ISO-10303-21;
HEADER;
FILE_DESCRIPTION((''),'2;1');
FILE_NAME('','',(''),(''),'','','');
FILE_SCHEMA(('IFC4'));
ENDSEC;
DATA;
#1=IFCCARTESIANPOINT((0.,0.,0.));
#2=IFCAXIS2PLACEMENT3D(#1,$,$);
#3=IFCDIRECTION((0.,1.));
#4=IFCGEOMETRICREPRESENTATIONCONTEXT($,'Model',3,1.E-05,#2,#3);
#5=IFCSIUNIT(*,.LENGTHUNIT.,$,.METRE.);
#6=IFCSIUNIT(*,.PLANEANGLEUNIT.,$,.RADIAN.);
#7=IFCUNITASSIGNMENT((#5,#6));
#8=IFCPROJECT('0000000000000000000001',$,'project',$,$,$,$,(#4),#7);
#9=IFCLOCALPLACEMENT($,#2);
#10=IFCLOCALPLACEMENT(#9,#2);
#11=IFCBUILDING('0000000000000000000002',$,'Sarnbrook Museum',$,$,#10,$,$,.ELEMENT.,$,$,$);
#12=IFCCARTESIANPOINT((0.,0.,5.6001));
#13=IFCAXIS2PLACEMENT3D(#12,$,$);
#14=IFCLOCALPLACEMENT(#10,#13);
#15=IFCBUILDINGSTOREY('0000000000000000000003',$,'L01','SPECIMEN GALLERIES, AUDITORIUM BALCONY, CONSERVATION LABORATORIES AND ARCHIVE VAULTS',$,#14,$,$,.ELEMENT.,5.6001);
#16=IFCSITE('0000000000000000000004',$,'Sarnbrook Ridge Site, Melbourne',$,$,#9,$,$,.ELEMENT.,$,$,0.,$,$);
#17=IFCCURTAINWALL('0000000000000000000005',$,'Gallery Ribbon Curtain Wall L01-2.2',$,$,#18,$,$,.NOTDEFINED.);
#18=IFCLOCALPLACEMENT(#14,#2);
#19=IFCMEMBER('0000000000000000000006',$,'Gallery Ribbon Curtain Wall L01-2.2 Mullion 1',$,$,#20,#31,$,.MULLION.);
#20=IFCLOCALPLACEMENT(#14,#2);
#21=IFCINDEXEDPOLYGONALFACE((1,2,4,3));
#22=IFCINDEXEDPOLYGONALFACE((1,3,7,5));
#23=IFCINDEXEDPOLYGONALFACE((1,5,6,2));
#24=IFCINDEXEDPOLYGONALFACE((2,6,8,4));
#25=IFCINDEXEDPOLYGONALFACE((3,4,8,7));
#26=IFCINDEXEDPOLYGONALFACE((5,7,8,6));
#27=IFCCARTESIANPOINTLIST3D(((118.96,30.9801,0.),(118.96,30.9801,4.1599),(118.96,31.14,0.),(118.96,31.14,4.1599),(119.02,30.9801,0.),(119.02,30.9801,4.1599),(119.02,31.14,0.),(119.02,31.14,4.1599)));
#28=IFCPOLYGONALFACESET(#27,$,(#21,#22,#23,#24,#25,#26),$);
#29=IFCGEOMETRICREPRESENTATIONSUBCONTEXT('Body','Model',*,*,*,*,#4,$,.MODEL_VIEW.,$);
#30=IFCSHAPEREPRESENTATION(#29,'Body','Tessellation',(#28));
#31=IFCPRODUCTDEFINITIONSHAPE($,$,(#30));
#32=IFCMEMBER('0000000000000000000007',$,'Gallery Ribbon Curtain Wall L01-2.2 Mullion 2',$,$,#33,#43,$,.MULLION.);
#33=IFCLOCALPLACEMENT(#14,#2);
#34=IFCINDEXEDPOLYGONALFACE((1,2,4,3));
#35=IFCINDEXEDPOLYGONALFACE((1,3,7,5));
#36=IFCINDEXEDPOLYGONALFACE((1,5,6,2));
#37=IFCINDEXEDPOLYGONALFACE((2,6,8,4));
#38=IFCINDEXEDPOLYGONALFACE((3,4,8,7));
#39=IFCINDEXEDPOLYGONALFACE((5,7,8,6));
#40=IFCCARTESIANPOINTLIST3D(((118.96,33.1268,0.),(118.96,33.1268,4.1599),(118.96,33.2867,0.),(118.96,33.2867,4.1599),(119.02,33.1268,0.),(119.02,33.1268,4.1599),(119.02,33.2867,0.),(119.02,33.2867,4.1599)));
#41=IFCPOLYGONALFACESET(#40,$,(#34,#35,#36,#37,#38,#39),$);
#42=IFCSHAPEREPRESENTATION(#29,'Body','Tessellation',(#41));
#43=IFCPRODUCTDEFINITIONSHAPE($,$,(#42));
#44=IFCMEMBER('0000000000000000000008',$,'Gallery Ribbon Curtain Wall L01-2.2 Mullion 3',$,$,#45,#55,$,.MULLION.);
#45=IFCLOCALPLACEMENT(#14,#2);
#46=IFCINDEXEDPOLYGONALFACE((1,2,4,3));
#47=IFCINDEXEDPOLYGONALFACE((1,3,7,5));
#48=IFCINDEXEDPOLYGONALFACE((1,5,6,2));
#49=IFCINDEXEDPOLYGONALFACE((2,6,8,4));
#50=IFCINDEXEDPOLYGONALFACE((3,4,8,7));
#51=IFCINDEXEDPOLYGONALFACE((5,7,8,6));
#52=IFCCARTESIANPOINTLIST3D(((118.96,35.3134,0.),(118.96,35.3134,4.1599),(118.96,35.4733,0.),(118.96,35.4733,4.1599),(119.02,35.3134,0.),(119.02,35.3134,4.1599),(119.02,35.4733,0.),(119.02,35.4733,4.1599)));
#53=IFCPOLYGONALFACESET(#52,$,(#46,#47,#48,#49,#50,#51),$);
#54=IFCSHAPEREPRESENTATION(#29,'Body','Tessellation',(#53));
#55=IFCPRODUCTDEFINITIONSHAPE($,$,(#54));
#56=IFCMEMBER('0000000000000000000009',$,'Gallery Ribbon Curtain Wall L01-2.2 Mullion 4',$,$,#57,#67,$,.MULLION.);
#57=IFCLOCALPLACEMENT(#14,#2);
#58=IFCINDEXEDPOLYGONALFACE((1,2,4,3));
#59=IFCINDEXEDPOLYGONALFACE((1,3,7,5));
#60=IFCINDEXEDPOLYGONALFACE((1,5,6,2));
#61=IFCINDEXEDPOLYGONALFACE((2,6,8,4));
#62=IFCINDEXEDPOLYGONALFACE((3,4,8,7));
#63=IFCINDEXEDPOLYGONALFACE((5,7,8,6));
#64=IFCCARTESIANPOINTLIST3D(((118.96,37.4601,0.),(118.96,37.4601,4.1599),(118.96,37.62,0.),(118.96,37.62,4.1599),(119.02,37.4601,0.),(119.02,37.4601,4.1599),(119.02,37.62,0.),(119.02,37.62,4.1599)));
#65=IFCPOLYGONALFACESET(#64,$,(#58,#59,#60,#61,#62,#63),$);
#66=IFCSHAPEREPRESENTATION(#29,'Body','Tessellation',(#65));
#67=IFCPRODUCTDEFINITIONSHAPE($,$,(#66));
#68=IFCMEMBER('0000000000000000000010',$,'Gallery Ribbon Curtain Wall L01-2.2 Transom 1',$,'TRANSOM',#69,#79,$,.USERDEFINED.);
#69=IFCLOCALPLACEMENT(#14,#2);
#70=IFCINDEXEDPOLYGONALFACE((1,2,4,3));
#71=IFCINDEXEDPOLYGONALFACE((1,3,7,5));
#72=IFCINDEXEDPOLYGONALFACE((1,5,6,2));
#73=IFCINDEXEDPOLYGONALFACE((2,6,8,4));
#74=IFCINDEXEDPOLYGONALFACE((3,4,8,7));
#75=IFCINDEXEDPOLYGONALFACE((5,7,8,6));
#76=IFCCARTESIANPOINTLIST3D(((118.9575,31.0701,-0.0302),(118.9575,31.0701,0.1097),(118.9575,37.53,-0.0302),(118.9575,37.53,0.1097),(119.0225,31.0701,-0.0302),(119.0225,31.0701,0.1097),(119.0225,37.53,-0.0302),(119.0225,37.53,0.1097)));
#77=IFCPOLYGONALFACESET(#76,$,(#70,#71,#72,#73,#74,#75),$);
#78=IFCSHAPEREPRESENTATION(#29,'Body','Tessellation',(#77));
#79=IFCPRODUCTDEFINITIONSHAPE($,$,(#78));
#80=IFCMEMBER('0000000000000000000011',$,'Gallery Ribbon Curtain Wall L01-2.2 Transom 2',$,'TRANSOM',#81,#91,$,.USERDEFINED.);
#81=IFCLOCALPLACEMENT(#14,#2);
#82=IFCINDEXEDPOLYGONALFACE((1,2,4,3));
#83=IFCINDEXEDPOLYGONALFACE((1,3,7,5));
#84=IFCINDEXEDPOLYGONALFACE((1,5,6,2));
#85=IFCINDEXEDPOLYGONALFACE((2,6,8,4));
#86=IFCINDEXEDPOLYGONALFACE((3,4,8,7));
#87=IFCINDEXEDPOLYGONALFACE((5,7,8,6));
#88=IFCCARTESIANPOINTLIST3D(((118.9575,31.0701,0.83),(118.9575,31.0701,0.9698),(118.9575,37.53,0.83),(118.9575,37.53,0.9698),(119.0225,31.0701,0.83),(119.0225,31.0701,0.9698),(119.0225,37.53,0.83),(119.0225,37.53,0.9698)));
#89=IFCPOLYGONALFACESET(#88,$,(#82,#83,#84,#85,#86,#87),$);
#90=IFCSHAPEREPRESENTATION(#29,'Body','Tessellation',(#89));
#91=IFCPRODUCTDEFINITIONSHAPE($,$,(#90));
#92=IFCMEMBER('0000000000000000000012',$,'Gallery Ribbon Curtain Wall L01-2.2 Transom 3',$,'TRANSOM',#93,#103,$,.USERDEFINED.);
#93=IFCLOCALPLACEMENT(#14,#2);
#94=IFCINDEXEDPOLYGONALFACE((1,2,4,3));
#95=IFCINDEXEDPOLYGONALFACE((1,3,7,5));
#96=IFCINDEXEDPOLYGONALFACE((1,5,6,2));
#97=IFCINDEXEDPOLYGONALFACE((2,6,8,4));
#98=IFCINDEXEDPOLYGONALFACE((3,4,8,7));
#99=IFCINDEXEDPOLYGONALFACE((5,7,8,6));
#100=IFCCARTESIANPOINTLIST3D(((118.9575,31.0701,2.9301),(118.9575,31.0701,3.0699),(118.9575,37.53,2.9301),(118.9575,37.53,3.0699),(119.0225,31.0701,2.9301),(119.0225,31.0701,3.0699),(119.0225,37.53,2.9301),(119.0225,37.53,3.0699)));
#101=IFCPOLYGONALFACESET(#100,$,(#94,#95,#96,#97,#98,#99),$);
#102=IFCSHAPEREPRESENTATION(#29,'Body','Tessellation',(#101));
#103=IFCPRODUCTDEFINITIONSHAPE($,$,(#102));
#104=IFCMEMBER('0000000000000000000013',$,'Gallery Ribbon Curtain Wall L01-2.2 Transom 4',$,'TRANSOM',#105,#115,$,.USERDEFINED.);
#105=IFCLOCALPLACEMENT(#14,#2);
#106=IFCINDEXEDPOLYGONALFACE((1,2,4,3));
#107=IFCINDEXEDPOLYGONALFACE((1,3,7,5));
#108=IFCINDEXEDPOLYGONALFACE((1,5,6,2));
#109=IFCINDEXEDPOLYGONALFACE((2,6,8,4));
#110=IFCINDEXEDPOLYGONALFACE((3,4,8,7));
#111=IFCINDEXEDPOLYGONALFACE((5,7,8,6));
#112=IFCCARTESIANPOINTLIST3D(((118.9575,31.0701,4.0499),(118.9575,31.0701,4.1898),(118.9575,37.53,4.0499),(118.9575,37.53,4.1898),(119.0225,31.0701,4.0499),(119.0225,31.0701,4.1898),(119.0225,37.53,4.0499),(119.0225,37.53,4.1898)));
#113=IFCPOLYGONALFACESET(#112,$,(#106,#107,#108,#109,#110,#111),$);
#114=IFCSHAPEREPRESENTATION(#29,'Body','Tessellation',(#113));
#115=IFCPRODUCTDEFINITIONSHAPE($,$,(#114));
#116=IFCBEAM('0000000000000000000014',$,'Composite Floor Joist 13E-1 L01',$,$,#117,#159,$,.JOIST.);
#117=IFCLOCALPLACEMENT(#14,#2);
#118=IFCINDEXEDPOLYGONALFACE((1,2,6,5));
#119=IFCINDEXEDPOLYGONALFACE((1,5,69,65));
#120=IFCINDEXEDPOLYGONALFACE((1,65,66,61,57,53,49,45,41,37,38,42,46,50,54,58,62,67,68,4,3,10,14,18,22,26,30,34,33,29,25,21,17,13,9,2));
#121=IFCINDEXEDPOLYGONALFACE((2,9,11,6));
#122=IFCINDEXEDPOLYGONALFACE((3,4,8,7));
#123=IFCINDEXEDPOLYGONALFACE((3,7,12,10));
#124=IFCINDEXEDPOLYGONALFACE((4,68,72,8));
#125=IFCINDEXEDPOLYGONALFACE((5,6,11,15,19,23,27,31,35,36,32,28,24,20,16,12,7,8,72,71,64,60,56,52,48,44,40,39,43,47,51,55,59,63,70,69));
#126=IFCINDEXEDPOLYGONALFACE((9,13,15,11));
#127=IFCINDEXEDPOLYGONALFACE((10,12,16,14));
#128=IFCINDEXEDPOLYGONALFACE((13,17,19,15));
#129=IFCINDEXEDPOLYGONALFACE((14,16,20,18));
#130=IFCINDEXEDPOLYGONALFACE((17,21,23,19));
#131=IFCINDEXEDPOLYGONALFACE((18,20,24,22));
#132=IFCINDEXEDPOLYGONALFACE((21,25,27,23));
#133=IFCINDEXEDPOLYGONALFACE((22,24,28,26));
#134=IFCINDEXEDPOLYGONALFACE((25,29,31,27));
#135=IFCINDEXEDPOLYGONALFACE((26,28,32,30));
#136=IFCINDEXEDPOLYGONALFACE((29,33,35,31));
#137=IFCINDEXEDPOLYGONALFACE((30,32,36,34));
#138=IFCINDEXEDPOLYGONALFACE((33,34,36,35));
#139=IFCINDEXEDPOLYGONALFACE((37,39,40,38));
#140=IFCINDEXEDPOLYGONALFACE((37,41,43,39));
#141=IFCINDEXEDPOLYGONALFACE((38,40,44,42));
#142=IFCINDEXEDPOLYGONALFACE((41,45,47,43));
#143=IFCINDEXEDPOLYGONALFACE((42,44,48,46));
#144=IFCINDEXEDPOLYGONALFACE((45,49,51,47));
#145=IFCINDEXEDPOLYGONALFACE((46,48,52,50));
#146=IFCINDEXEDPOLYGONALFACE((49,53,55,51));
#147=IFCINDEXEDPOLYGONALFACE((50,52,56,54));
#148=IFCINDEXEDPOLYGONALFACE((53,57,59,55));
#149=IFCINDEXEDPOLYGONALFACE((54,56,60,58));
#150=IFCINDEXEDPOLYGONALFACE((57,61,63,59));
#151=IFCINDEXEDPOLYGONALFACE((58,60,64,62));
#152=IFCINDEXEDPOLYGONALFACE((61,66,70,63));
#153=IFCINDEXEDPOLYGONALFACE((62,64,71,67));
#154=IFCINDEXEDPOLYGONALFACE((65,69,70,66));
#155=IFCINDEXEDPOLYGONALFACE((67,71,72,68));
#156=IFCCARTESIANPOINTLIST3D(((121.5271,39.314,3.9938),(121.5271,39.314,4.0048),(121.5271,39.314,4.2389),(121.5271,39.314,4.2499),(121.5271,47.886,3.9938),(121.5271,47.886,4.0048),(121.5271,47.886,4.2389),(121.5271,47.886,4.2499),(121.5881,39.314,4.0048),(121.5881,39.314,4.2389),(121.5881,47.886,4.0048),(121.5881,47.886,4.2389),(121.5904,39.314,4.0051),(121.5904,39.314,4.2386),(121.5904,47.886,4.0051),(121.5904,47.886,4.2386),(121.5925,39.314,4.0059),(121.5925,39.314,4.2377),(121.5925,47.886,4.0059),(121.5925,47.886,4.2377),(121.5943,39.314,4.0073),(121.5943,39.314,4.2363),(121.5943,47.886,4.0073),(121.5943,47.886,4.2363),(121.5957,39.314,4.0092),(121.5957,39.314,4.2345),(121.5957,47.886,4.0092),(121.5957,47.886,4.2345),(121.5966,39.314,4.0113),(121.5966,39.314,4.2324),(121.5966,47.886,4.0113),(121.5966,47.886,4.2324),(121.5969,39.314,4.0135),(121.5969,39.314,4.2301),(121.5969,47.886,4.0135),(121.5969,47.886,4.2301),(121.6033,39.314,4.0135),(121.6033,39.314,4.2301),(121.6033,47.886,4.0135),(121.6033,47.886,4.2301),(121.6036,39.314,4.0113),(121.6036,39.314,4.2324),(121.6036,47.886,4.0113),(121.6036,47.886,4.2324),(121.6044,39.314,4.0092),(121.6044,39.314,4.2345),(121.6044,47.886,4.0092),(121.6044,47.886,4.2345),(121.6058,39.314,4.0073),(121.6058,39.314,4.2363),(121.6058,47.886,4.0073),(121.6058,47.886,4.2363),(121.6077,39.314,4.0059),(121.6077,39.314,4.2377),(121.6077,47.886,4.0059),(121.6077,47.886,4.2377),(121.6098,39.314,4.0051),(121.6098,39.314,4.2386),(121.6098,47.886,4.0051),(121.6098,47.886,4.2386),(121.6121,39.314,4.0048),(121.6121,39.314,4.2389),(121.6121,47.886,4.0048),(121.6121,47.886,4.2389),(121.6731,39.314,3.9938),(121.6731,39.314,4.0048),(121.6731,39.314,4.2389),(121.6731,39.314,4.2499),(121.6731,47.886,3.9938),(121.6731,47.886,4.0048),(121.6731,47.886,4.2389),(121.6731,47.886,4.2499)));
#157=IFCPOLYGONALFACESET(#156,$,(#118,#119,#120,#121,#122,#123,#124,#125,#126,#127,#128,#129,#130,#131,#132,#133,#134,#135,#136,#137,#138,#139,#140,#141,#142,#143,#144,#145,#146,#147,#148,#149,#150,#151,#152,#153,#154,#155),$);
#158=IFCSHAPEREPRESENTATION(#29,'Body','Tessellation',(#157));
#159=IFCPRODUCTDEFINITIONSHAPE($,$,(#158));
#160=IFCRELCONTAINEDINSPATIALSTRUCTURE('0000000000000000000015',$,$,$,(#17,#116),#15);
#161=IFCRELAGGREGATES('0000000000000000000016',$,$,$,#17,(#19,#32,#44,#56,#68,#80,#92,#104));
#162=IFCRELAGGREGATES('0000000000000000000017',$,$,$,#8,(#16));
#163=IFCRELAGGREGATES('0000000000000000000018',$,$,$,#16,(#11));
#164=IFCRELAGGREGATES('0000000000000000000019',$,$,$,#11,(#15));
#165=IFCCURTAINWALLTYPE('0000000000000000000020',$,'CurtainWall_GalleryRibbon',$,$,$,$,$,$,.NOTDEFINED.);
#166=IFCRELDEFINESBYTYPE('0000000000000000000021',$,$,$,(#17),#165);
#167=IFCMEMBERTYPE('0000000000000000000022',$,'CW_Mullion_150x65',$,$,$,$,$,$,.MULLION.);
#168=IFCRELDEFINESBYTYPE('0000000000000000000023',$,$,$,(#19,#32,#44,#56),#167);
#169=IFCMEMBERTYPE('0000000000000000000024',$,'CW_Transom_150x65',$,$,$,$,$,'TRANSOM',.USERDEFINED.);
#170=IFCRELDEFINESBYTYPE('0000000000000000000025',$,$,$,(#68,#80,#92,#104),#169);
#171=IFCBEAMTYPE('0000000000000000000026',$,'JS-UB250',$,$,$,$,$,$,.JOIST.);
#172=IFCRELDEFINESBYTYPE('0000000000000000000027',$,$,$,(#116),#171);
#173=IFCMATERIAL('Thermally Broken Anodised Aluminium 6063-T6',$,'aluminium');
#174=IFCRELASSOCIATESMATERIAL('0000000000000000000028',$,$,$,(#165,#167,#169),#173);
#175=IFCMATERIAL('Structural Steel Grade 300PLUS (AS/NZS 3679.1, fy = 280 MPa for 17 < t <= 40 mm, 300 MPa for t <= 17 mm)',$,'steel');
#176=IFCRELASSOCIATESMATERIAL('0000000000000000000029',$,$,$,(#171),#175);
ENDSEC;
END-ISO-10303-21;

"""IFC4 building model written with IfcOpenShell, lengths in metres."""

from ifc_helpers import new_model, si_unit, direction, frame, origin, origin_2d, place, context, subcontext, project, spatial, rectangle, i_section, extrude, material, material_profile, profile_set, type_object, element, aggregate, save


model = new_model("IFC4")

# Units and contexts
model_context = context("Model", 3, precision=1e-05, world=origin(), true_north=direction((0.0, 1.0)))
body_context = subcontext(model_context, "Body", "Model", "MODEL_VIEW")
ifc_project = project(units=[si_unit("LENGTHUNIT", "METRE"), si_unit("PLANEANGLEUNIT", "RADIAN")], contexts=[model_context])

# Site, building, storey
site_placement = place(None, origin())
site = spatial("IfcSite", under=ifc_project, at=site_placement, Name="Sarnbrook Ridge Site, Melbourne", CompositionType="ELEMENT", RefElevation=0.0)
building_placement = place(site_placement, origin())
building = spatial("IfcBuilding", under=site, at=building_placement, Name="Sarnbrook Museum", CompositionType="ELEMENT")
storey_placement = place(building_placement, frame((0.0, 0.0, 5.6001)))
storey = spatial("IfcBuildingStorey", under=building, at=storey_placement, Name="L01", Description="SPECIMEN GALLERIES, AUDITORIUM BALCONY, CONSERVATION LABORATORIES AND ARCHIVE VAULTS", CompositionType="ELEMENT", Elevation=5.6001)

# Shared definitions
ifc_material_1 = material(Name="Structural Steel Grade 300PLUS (AS/NZS 3679.1, fy = 280 MPa for 17 < t <= 40 mm, 300 MPa for t <= 17 mm)", Category="steel")

# Curtain wall, members
ifc_material_2 = material(Name="Thermally Broken Anodised Aluminium 6063-T6", Category="aluminium")
curtain_wall_type = type_object("IfcCurtainWallType", Name="CurtainWall_GalleryRibbon", PredefinedType="NOTDEFINED", material=ifc_material_2)
curtain_wall_placement = place(storey_placement, origin())
curtain_wall = element("IfcCurtainWall", 1, at=curtain_wall_placement, inside=storey, type_object=curtain_wall_type, Name="Gallery Ribbon Curtain Wall L01-2.2", PredefinedType="NOTDEFINED")
ifc_material_profile_1 = material_profile(ifc_material_2, rectangle(XDim=0.0601, YDim=0.1599, at=origin_2d()), Name="ALU MULLION 60x160")
ifc_profile_set_1 = profile_set([ifc_material_profile_1], Name="Thermally Broken Anodised Aluminium 6063-T6")
member_type_1 = type_object("IfcMemberType", Name="CW_Mullion_150x65", PredefinedType="MULLION", material=ifc_profile_set_1)
member_1_placement = place(storey_placement, frame((118.99, 31.0601, 0.0), z_axis=(0.0, 0.0, 1.0), x_axis=(1.0, 0.0, 0.0)))
member_1 = element("IfcMember", 2, at=member_1_placement, type_object=member_type_1, Name="Gallery Ribbon Curtain Wall L01-2.2 Mullion 1", PredefinedType="MULLION", context=body_context, shape_type="SweptSolid", body=[
    extrude(rectangle(XDim=0.0601, YDim=0.1599, at=origin_2d()), origin(), (0.0, 0.0, 1.0), 4.1599),
])
member_2_placement = place(storey_placement, frame((118.99, 33.2068, 0.0), z_axis=(0.0, 0.0, 1.0), x_axis=(1.0, 0.0, 0.0)))
member_2 = element("IfcMember", 3, at=member_2_placement, type_object=member_type_1, Name="Gallery Ribbon Curtain Wall L01-2.2 Mullion 2", PredefinedType="MULLION", context=body_context, shape_type="SweptSolid", body=[
    extrude(rectangle(XDim=0.0601, YDim=0.1599, at=origin_2d()), origin(), (0.0, 0.0, 1.0), 4.1599),
])
member_3_placement = place(storey_placement, frame((118.99, 35.3933, 0.0), z_axis=(0.0, 0.0, 1.0), x_axis=(1.0, 0.0, 0.0)))
member_3 = element("IfcMember", 4, at=member_3_placement, type_object=member_type_1, Name="Gallery Ribbon Curtain Wall L01-2.2 Mullion 3", PredefinedType="MULLION", context=body_context, shape_type="SweptSolid", body=[
    extrude(rectangle(XDim=0.0601, YDim=0.1599, at=origin_2d()), origin(), (0.0, 0.0, 1.0), 4.1599),
])
member_4_placement = place(storey_placement, frame((118.99, 37.54, 0.0), z_axis=(0.0, 0.0, 1.0), x_axis=(1.0, 0.0, 0.0)))
member_4 = element("IfcMember", 5, at=member_4_placement, type_object=member_type_1, Name="Gallery Ribbon Curtain Wall L01-2.2 Mullion 4", PredefinedType="MULLION", context=body_context, shape_type="SweptSolid", body=[
    extrude(rectangle(XDim=0.0601, YDim=0.1599, at=origin_2d()), origin(), (0.0, 0.0, 1.0), 4.1599),
])
ifc_material_profile_2 = material_profile(ifc_material_2, rectangle(XDim=0.0649, YDim=0.1399, at=origin_2d()), Name="ALU TRANSOM 65x140")
ifc_profile_set_2 = profile_set([ifc_material_profile_2], Name="Thermally Broken Anodised Aluminium 6063-T6")
member_type_2 = type_object("IfcMemberType", Name="CW_Transom_150x65", ElementType="TRANSOM", PredefinedType="USERDEFINED", material=ifc_profile_set_2)
member_5_placement = place(storey_placement, frame((118.99, 31.0701, 0.0398), z_axis=(0.0, 1.0, 0.0), x_axis=(-1.0, 0.0, 0.0)))
member_5 = element("IfcMember", 6, at=member_5_placement, type_object=member_type_2, Name="Gallery Ribbon Curtain Wall L01-2.2 Transom 1", ObjectType="TRANSOM", PredefinedType="USERDEFINED", context=body_context, shape_type="SweptSolid", body=[
    extrude(rectangle(XDim=0.0649, YDim=0.1399, at=origin_2d()), origin(), (0.0, 0.0, 1.0), 6.46),
])
member_6_placement = place(storey_placement, frame((118.99, 31.0701, 0.8999), z_axis=(0.0, 1.0, 0.0), x_axis=(-1.0, 0.0, 0.0)))
member_6 = element("IfcMember", 7, at=member_6_placement, type_object=member_type_2, Name="Gallery Ribbon Curtain Wall L01-2.2 Transom 2", ObjectType="TRANSOM", PredefinedType="USERDEFINED", context=body_context, shape_type="SweptSolid", body=[
    extrude(rectangle(XDim=0.0649, YDim=0.1399, at=origin_2d()), origin(), (0.0, 0.0, 1.0), 6.46),
])
member_7_placement = place(storey_placement, frame((118.99, 31.0701, 3.0), z_axis=(0.0, 1.0, 0.0), x_axis=(-1.0, 0.0, 0.0)))
member_7 = element("IfcMember", 8, at=member_7_placement, type_object=member_type_2, Name="Gallery Ribbon Curtain Wall L01-2.2 Transom 3", ObjectType="TRANSOM", PredefinedType="USERDEFINED", context=body_context, shape_type="SweptSolid", body=[
    extrude(rectangle(XDim=0.0649, YDim=0.1399, at=origin_2d()), origin(), (0.0, 0.0, 1.0), 6.46),
])
member_8_placement = place(storey_placement, frame((118.99, 31.0701, 4.1199), z_axis=(0.0, 1.0, 0.0), x_axis=(-1.0, 0.0, 0.0)))
member_8 = element("IfcMember", 9, at=member_8_placement, type_object=member_type_2, Name="Gallery Ribbon Curtain Wall L01-2.2 Transom 4", ObjectType="TRANSOM", PredefinedType="USERDEFINED", context=body_context, shape_type="SweptSolid", body=[
    extrude(rectangle(XDim=0.0649, YDim=0.1399, at=origin_2d()), origin(), (0.0, 0.0, 1.0), 6.46),
])

# Beam
ifc_material_profile_3 = material_profile(ifc_material_1, i_section(OverallWidth=0.146, OverallDepth=0.2561, WebThickness=0.0063, FlangeThickness=0.011, FilletRadius=0.0088, at=origin_2d()), Name="250UB37.3")
ifc_profile_set_3 = profile_set([ifc_material_profile_3], Name="Structural Steel Grade 300PLUS (AS/NZS 3679.1, fy = 280 MPa for 17 < t <= 40 mm, 300 MPa for t <= 17 mm)")
beam_type_1 = type_object("IfcBeamType", Name="JS-UB250", PredefinedType="JOIST", material=ifc_profile_set_3)
beam_1_placement = place(storey_placement, frame((121.6001, 39.314, 4.1218), z_axis=(0.0, 1.0, 0.0), x_axis=(-1.0, 0.0, 0.0)))
element("IfcBeam", 10, at=beam_1_placement, inside=storey, type_object=beam_type_1, Name="Composite Floor Joist 13E-1 L01", PredefinedType="JOIST", context=body_context, shape_type="SweptSolid", body=[
    extrude(i_section(OverallWidth=0.146, OverallDepth=0.2561, WebThickness=0.0063, FlangeThickness=0.011, FilletRadius=0.0088, at=origin_2d()), origin(), (0.0, 0.0, 1.0), 8.572),
])

aggregate(curtain_wall, [member_1, member_2, member_3, member_4, member_5, member_6, member_7, member_8])

save(model, "model.ifc")
